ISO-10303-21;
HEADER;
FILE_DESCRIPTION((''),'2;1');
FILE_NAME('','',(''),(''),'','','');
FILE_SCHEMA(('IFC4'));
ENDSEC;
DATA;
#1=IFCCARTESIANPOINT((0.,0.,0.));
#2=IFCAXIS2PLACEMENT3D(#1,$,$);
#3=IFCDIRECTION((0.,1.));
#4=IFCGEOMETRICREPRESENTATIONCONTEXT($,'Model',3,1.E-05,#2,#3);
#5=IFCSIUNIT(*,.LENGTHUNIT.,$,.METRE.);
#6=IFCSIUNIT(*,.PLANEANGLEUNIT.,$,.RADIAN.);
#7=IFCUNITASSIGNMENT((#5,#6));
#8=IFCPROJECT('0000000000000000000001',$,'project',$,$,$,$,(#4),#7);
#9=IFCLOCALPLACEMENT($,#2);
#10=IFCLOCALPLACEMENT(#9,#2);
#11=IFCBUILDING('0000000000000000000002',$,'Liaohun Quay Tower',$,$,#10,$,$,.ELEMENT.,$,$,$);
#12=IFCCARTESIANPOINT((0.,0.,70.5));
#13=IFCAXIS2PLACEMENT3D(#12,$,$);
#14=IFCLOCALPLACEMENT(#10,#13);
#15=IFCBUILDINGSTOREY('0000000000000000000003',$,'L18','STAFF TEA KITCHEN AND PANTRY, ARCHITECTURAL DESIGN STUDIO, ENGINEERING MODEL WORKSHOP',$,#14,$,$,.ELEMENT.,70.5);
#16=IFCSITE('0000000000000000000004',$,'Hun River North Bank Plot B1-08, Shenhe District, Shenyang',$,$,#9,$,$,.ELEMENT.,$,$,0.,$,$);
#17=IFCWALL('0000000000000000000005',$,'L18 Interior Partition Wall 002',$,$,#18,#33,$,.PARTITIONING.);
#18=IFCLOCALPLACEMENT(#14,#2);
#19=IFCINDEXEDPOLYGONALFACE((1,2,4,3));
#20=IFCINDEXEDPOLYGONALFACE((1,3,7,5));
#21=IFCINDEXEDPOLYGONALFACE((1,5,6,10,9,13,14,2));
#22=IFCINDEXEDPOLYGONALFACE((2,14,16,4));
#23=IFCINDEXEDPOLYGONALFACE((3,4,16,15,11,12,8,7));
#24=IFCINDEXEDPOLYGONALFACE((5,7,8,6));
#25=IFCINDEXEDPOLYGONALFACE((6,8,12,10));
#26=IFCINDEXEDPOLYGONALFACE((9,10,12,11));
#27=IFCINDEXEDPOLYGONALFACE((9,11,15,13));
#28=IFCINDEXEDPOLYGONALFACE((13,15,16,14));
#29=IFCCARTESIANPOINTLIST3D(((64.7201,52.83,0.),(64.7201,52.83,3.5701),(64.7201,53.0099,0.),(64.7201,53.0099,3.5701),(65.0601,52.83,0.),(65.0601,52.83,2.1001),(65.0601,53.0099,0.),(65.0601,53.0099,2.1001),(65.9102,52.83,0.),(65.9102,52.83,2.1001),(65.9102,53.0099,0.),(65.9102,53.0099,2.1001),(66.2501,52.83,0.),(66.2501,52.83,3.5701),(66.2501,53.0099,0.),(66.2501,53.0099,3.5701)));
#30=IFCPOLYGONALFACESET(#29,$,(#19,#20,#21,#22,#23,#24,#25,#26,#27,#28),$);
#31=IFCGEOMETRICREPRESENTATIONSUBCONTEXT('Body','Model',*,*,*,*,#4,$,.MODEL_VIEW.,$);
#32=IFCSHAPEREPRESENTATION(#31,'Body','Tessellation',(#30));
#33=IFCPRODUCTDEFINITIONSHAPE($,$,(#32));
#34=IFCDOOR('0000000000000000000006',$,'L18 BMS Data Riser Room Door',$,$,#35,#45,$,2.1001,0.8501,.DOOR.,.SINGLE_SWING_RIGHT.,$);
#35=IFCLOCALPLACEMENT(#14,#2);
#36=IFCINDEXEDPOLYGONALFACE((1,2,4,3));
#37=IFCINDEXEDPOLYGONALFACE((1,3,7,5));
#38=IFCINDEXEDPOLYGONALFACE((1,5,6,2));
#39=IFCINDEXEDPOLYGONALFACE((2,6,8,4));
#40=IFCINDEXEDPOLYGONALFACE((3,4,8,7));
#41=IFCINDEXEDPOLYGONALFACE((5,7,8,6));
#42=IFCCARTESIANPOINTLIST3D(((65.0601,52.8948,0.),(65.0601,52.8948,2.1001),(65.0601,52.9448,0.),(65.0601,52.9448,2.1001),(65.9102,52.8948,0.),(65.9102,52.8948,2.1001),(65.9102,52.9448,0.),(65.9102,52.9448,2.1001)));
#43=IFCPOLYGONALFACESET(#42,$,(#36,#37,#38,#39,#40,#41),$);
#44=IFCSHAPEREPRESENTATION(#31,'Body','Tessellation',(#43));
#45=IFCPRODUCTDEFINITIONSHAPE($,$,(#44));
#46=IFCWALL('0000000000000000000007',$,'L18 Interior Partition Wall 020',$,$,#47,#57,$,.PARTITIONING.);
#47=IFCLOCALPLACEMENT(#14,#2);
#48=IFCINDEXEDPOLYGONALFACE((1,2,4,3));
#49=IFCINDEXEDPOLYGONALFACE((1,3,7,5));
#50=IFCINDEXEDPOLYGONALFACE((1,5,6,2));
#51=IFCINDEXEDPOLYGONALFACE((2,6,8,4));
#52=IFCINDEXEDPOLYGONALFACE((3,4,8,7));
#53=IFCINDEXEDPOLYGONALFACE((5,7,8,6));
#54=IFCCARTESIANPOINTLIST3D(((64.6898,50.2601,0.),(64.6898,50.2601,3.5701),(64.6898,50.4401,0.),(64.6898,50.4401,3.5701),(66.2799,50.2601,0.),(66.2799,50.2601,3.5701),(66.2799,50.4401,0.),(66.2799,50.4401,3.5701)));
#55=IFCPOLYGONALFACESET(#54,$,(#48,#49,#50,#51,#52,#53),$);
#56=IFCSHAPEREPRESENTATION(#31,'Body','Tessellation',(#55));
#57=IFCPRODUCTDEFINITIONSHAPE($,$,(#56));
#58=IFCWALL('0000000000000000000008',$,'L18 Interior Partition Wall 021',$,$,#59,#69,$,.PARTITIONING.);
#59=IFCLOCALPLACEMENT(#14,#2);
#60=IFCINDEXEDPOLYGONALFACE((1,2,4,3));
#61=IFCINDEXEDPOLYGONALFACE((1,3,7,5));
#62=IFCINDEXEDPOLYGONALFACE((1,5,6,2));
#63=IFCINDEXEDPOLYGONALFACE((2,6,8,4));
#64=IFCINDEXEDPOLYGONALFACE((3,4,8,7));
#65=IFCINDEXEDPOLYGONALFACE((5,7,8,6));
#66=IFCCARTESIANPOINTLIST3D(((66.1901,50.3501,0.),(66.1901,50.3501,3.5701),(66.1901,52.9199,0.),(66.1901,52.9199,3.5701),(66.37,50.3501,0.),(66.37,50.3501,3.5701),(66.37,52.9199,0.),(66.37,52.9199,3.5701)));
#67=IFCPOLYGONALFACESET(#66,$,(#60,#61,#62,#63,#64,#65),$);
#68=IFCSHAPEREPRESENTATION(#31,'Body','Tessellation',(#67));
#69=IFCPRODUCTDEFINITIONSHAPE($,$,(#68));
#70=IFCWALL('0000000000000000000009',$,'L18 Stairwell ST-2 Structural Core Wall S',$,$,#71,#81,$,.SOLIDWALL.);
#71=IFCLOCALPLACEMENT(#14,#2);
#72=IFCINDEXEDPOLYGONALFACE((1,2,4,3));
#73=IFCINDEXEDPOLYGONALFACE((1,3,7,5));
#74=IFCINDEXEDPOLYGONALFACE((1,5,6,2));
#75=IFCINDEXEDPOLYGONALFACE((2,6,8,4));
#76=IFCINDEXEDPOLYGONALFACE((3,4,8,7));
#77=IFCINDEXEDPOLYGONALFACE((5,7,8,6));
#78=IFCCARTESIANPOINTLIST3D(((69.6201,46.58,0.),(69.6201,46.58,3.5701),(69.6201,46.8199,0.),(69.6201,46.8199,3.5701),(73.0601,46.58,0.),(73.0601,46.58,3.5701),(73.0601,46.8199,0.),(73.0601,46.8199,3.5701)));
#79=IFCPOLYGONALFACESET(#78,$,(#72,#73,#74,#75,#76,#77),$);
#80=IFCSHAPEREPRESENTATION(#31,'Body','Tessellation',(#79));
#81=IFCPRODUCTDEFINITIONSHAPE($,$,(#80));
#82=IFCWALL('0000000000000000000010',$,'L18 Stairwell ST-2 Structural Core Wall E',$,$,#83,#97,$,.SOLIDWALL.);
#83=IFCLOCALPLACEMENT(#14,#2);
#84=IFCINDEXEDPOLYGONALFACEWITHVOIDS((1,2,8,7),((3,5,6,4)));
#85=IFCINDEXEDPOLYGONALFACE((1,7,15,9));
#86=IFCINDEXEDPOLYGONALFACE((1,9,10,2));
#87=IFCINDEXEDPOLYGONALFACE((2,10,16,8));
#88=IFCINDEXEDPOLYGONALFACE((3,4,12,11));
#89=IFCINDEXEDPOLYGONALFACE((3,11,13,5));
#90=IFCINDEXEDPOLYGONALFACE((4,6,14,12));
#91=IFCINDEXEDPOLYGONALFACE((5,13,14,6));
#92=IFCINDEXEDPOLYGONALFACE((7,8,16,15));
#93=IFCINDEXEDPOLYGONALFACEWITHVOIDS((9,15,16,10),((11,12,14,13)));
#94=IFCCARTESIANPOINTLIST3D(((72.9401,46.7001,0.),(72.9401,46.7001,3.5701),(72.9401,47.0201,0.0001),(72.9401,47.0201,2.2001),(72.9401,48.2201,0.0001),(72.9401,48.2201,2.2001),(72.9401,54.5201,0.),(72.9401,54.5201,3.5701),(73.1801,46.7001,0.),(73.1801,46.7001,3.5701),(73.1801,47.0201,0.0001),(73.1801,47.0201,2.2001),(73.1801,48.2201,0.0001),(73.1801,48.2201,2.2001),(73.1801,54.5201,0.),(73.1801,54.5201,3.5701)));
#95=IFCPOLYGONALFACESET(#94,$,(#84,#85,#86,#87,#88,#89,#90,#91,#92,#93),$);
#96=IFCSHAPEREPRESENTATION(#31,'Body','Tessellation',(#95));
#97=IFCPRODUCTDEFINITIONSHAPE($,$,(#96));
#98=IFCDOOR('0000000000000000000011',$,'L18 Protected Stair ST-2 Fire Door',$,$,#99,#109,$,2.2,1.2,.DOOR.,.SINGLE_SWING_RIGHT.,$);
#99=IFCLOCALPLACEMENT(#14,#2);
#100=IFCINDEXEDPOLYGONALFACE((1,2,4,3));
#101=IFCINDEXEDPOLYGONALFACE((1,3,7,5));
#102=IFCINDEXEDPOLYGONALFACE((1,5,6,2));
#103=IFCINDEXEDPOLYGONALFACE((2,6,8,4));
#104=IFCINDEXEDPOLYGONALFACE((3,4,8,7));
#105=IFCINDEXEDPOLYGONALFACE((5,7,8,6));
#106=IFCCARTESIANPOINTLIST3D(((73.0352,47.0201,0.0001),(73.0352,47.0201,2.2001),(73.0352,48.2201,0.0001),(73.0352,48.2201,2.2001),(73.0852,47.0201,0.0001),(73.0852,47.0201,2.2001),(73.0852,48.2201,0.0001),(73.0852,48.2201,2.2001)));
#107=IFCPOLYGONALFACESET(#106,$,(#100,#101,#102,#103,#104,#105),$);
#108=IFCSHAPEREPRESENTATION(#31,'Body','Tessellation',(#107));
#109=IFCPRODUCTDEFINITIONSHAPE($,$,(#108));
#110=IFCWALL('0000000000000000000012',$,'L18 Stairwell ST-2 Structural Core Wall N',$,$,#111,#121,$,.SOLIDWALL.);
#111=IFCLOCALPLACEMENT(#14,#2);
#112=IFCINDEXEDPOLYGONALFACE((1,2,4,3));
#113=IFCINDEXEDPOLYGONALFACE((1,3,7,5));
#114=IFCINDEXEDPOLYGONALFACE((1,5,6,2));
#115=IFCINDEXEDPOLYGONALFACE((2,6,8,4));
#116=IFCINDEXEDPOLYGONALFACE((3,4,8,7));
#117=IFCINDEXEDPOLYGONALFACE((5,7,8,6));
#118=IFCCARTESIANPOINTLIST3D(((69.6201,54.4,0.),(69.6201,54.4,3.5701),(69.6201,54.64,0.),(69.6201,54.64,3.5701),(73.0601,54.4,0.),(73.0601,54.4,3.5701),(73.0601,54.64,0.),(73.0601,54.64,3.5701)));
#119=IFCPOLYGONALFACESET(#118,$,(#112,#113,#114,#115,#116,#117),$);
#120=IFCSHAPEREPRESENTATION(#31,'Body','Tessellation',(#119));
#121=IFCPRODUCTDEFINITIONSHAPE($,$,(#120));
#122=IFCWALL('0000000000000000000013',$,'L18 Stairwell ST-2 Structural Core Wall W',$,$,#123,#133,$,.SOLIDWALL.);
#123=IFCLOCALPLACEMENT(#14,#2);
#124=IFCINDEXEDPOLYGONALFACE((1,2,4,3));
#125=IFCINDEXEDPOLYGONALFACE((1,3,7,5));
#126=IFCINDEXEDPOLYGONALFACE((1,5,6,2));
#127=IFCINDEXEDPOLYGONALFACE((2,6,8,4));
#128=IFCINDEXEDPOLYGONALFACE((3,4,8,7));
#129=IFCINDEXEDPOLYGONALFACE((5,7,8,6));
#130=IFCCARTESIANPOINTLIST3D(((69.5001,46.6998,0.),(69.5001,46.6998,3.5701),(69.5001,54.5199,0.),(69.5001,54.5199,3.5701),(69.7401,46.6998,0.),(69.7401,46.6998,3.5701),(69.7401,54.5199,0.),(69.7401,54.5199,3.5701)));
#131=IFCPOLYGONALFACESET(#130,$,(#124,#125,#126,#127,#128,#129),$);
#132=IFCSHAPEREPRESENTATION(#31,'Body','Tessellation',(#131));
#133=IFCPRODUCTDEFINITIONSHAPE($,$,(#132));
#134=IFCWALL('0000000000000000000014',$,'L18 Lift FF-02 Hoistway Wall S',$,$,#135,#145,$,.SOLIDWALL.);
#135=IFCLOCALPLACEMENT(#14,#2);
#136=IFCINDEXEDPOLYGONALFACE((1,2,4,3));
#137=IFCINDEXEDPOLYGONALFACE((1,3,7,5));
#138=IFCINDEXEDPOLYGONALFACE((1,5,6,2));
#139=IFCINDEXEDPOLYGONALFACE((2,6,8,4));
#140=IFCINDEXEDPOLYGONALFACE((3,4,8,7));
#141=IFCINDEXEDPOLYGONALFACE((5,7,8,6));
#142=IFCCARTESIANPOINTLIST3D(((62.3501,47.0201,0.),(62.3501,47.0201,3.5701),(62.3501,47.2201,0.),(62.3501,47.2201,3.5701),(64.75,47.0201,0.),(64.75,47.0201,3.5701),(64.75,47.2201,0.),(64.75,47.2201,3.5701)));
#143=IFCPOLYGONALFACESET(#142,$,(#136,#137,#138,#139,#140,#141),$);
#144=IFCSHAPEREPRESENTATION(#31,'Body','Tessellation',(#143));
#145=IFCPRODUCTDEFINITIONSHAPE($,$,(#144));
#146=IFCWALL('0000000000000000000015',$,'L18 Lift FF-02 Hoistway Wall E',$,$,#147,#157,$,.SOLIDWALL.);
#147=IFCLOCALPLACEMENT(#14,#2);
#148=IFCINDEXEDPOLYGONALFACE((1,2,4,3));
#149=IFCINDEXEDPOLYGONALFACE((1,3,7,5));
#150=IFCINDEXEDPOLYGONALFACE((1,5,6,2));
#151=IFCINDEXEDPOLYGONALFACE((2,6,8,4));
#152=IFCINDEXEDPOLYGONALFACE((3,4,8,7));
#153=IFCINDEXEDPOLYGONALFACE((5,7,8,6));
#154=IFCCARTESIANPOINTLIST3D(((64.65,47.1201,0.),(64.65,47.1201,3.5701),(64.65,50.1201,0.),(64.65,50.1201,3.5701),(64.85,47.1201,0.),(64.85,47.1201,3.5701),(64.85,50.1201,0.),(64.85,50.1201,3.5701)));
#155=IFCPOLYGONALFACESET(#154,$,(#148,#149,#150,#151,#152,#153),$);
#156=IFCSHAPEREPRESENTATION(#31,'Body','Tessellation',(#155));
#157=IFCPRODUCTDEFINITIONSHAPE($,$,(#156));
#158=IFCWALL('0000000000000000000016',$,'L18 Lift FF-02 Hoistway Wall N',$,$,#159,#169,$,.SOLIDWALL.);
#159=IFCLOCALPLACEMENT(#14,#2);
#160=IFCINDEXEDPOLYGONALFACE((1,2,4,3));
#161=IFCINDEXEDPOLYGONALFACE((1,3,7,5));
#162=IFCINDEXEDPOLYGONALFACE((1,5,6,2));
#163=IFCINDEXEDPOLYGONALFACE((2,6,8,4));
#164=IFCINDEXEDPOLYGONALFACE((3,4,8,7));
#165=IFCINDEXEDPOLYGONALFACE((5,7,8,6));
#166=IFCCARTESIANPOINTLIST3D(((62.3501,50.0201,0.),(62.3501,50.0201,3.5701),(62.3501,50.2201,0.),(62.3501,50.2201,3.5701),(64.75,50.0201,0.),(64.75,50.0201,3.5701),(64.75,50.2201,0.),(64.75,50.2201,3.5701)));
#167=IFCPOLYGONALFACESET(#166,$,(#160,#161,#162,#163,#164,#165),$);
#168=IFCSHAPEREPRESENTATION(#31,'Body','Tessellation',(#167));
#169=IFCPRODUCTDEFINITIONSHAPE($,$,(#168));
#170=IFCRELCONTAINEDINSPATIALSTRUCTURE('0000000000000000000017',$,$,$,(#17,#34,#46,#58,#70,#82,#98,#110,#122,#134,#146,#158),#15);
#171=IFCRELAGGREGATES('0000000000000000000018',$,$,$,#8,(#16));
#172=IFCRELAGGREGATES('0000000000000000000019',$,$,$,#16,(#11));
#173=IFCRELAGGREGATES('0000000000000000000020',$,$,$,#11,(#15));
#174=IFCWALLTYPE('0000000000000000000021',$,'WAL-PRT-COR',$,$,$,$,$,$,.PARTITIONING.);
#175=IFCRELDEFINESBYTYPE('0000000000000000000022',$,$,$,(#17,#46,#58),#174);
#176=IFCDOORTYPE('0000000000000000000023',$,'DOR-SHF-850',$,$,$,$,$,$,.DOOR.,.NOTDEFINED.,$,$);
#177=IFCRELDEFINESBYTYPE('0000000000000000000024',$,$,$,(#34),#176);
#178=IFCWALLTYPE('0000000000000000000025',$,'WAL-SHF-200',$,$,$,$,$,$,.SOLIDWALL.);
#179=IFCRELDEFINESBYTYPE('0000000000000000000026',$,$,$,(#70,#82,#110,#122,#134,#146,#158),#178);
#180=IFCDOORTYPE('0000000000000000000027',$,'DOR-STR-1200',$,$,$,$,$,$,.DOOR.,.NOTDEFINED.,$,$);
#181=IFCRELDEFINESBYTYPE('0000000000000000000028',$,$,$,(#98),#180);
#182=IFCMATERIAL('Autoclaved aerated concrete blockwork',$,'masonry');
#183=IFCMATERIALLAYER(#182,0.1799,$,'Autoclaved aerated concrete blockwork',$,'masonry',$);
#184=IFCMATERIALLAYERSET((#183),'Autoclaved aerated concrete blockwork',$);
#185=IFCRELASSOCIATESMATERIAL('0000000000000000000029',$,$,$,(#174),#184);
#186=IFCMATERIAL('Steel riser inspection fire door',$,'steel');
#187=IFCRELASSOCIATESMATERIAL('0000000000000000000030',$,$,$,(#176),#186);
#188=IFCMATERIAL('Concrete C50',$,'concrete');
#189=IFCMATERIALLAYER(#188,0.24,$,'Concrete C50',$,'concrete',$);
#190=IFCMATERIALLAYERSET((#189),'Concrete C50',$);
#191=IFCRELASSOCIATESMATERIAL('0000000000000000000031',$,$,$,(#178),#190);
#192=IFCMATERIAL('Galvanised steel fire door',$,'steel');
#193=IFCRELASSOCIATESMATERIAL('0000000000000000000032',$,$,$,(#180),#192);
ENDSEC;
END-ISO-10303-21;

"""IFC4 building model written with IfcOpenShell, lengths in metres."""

from ifc_helpers import new_model, si_unit, direction, frame, frame_2d, origin, place, context, subcontext, project, spatial, rectangle, extrude, source, transform, mapped, material, layer, layer_set, type_object, element, fill, save


model = new_model("IFC4")

# Units and contexts
model_context = context("Model", 3, precision=1e-05, world=origin(), true_north=direction((0.0, 1.0)))
body_context = subcontext(model_context, "Body", "Model", "MODEL_VIEW")
ifc_project = project(units=[si_unit("LENGTHUNIT", "METRE"), si_unit("PLANEANGLEUNIT", "RADIAN")], contexts=[model_context])

# Site, building, storey
site_placement = place(None, origin())
site = spatial("IfcSite", under=ifc_project, at=site_placement, Name="Hun River North Bank Plot B1-08, Shenhe District, Shenyang", CompositionType="ELEMENT", RefElevation=0.0)
building_placement = place(site_placement, origin())
building = spatial("IfcBuilding", under=site, at=building_placement, Name="Liaohun Quay Tower", CompositionType="ELEMENT")
storey_placement = place(building_placement, frame((0.0, 0.0, 70.5)))
storey = spatial("IfcBuildingStorey", under=building, at=storey_placement, Name="L18", Description="STAFF TEA KITCHEN AND PANTRY, ARCHITECTURAL DESIGN STUDIO, ENGINEERING MODEL WORKSHOP", CompositionType="ELEMENT", Elevation=70.5)

# Wall, opening, door
ifc_material_1 = material(Name="Autoclaved aerated concrete blockwork", Category="masonry")
ifc_layer_1 = layer(ifc_material_1, 0.1799, Name="Autoclaved aerated concrete blockwork", Category="masonry")
ifc_layer_set_1 = layer_set([ifc_layer_1], Name="Autoclaved aerated concrete blockwork")
wall_type_1 = type_object("IfcWallType", Name="WAL-PRT-COR", PredefinedType="PARTITIONING", material=ifc_layer_set_1)
wall_1_placement = place(storey_placement, frame((64.72, 52.9199, 0.0), z_axis=(0.0, 0.0, 1.0), x_axis=(1.0, 0.0, 0.0)))
wall_1 = element("IfcWall", 1, at=wall_1_placement, inside=storey, type_object=wall_type_1, Name="L18 Interior Partition Wall 002", PredefinedType="PARTITIONING", context=body_context, shape_type="SweptSolid", body=[
    extrude(rectangle(XDim=1.53, YDim=0.1799, at=frame_2d((0.7651, 0.0))), origin(), (0.0, 0.0, 1.0), 3.5701),
])
shared_shape_1 = source(origin(), body_context, "Body", "SweptSolid", [
    extrude(rectangle(XDim=0.8501, YDim=2.1001, at=frame_2d((0.425, 1.05))), frame((0.0, 0.0999, 0.0), z_axis=(0.0, -1.0, 0.0), x_axis=(1.0, 0.0, 0.0)), (0.0, 0.0, 1.0), 0.2),
])
opening_1_placement = place(wall_1_placement, frame((0.3401, 0.0, 0.0)))
opening_1 = element("IfcOpeningElement", 2, at=opening_1_placement, cuts=wall_1, PredefinedType="OPENING", context=body_context, shape_type="MappedRepresentation", body=[
    mapped(shared_shape_1, transform((0.0, 0.0, 0.0), x_axis=(1.0, 0.0, 0.0), y_axis=(0.0, 1.0, 0.0), z_axis=(0.0, 0.0, 1.0), scale=1.0)),
])
ifc_material_2 = material(Name="Steel riser inspection fire door", Category="steel")
door_type_1 = type_object("IfcDoorType", Name="DOR-SHF-850", OperationType="NOTDEFINED", PredefinedType="DOOR", material=ifc_material_2)
shared_shape_2 = source(origin(), body_context, "Body", "SweptSolid", [
    extrude(rectangle(XDim=0.8501, YDim=2.1001, at=frame_2d((0.425, 1.05))), frame((0.0, 0.0249, 0.0), z_axis=(0.0, -1.0, 0.0), x_axis=(1.0, 0.0, 0.0)), (0.0, 0.0, 1.0), 0.05),
])
door_1_placement = place(opening_1_placement, origin())
door_1 = element("IfcDoor", 3, at=door_1_placement, inside=storey, type_object=door_type_1, Name="L18 BMS Data Riser Room Door", OperationType="SINGLE_SWING_RIGHT", OverallHeight=2.1001, OverallWidth=0.8501, PredefinedType="DOOR", context=body_context, shape_type="MappedRepresentation", body=[
    mapped(shared_shape_2, transform((0.0, 0.0, 0.0), x_axis=(1.0, 0.0, 0.0), y_axis=(0.0, 1.0, 0.0), z_axis=(0.0, 0.0, 1.0), scale=1.0)),
])
fill(opening_1, door_1)

# Walls
wall_2_placement = place(storey_placement, frame((64.6899, 50.3501, 0.0), z_axis=(0.0, 0.0, 1.0), x_axis=(1.0, 0.0, 0.0)))
element("IfcWall", 4, at=wall_2_placement, inside=storey, type_object=wall_type_1, Name="L18 Interior Partition Wall 020", PredefinedType="PARTITIONING", context=body_context, shape_type="SweptSolid", body=[
    extrude(rectangle(XDim=1.5901, YDim=0.1799, at=frame_2d((0.7949, 0.0))), origin(), (0.0, 0.0, 1.0), 3.5701),
])
wall_3_placement = place(storey_placement, frame((66.28, 50.3501, 0.0), z_axis=(0.0, 0.0, 1.0), x_axis=(0.0, 1.0, 0.0)))
element("IfcWall", 5, at=wall_3_placement, inside=storey, type_object=wall_type_1, Name="L18 Interior Partition Wall 021", PredefinedType="PARTITIONING", context=body_context, shape_type="SweptSolid", body=[
    extrude(rectangle(XDim=2.5698, YDim=0.1799, at=frame_2d((1.2849, 0.0))), origin(), (0.0, 0.0, 1.0), 3.5701),
])
ifc_material_3 = material(Name="Concrete C50", Category="concrete")
ifc_layer_2 = layer(ifc_material_3, 0.24, Name="Concrete C50", Category="concrete")
ifc_layer_set_2 = layer_set([ifc_layer_2], Name="Concrete C50")
wall_type_2 = type_object("IfcWallType", Name="WAL-SHF-200", PredefinedType="SOLIDWALL", material=ifc_layer_set_2)
wall_4_placement = place(storey_placement, frame((69.6201, 46.7, 0.0), z_axis=(0.0, 0.0, 1.0), x_axis=(1.0, 0.0, 0.0)))
element("IfcWall", 6, at=wall_4_placement, inside=storey, type_object=wall_type_2, Name="L18 Stairwell ST-2 Structural Core Wall S", PredefinedType="SOLIDWALL", context=body_context, shape_type="SweptSolid", body=[
    extrude(rectangle(XDim=3.4399, YDim=0.24, at=frame_2d((1.72, 0.0))), origin(), (0.0, 0.0, 1.0), 3.5701),
])

# Wall, opening, door
wall_5_placement = place(storey_placement, frame((73.0601, 46.7, 0.0), z_axis=(0.0, 0.0, 1.0), x_axis=(0.0, 1.0, 0.0)))
wall_5 = element("IfcWall", 7, at=wall_5_placement, inside=storey, type_object=wall_type_2, Name="L18 Stairwell ST-2 Structural Core Wall E", PredefinedType="SOLIDWALL", context=body_context, shape_type="SweptSolid", body=[
    extrude(rectangle(XDim=7.8201, YDim=0.24, at=frame_2d((3.9102, 0.0))), origin(), (0.0, 0.0, 1.0), 3.5701),
])
shared_shape_3 = source(origin(), body_context, "Body", "SweptSolid", [
    extrude(rectangle(XDim=1.2, YDim=2.2, at=frame_2d((0.6001, 1.1001))), frame((0.0, 0.1299, 0.0), z_axis=(0.0, -1.0, 0.0), x_axis=(1.0, 0.0, 0.0)), (0.0, 0.0, 1.0), 0.26),
])
opening_2_placement = place(wall_5_placement, frame((0.3201, 0.0, 0.0)))
opening_2 = element("IfcOpeningElement", 8, at=opening_2_placement, cuts=wall_5, PredefinedType="OPENING", context=body_context, shape_type="MappedRepresentation", body=[
    mapped(shared_shape_3, transform((0.0, 0.0, 0.0), x_axis=(1.0, 0.0, 0.0), y_axis=(0.0, 1.0, 0.0), z_axis=(0.0, 0.0, 1.0), scale=1.0)),
])
ifc_material_4 = material(Name="Galvanised steel fire door", Category="steel")
door_type_2 = type_object("IfcDoorType", Name="DOR-STR-1200", OperationType="NOTDEFINED", PredefinedType="DOOR", material=ifc_material_4)
shared_shape_4 = source(origin(), body_context, "Body", "SweptSolid", [
    extrude(rectangle(XDim=1.2, YDim=2.2, at=frame_2d((0.6001, 1.1001))), frame((0.0, 0.0249, 0.0), z_axis=(0.0, -1.0, 0.0), x_axis=(1.0, 0.0, 0.0)), (0.0, 0.0, 1.0), 0.05),
])
door_2_placement = place(opening_2_placement, origin())
door_2 = element("IfcDoor", 9, at=door_2_placement, inside=storey, type_object=door_type_2, Name="L18 Protected Stair ST-2 Fire Door", OperationType="SINGLE_SWING_RIGHT", OverallHeight=2.2, OverallWidth=1.2, PredefinedType="DOOR", context=body_context, shape_type="MappedRepresentation", body=[
    mapped(shared_shape_4, transform((0.0, 0.0, 0.0), x_axis=(1.0, 0.0, 0.0), y_axis=(0.0, 1.0, 0.0), z_axis=(0.0, 0.0, 1.0), scale=1.0)),
])
fill(opening_2, door_2)

# Walls
wall_6_placement = place(storey_placement, frame((73.0601, 54.52, 0.0), z_axis=(0.0, 0.0, 1.0), x_axis=(-1.0, 0.0, 0.0)))
element("IfcWall", 10, at=wall_6_placement, inside=storey, type_object=wall_type_2, Name="L18 Stairwell ST-2 Structural Core Wall N", PredefinedType="SOLIDWALL", context=body_context, shape_type="SweptSolid", body=[
    extrude(rectangle(XDim=3.4399, YDim=0.24, at=frame_2d((1.72, 0.0))), origin(), (0.0, 0.0, 1.0), 3.5701),
])
wall_7_placement = place(storey_placement, frame((69.6201, 54.52, 0.0), z_axis=(0.0, 0.0, 1.0), x_axis=(0.0, -1.0, 0.0)))
element("IfcWall", 11, at=wall_7_placement, inside=storey, type_object=wall_type_2, Name="L18 Stairwell ST-2 Structural Core Wall W", PredefinedType="SOLIDWALL", context=body_context, shape_type="SweptSolid", body=[
    extrude(rectangle(XDim=7.8201, YDim=0.24, at=frame_2d((3.9102, 0.0))), origin(), (0.0, 0.0, 1.0), 3.5701),
])
wall_8_placement = place(storey_placement, frame((62.3501, 47.1201, 0.0), z_axis=(0.0, 0.0, 1.0), x_axis=(1.0, 0.0, 0.0)))
element("IfcWall", 12, at=wall_8_placement, inside=storey, type_object=wall_type_2, Name="L18 Lift FF-02 Hoistway Wall S", PredefinedType="SOLIDWALL", context=body_context, shape_type="SweptSolid", body=[
    extrude(rectangle(XDim=2.3999, YDim=0.2, at=frame_2d((1.2, 0.0))), origin(), (0.0, 0.0, 1.0), 3.5701),
])
wall_9_placement = place(storey_placement, frame((64.75, 47.1201, 0.0), z_axis=(0.0, 0.0, 1.0), x_axis=(0.0, 1.0, 0.0)))
element("IfcWall", 13, at=wall_9_placement, inside=storey, type_object=wall_type_2, Name="L18 Lift FF-02 Hoistway Wall E", PredefinedType="SOLIDWALL", context=body_context, shape_type="SweptSolid", body=[
    extrude(rectangle(XDim=3.0, YDim=0.2, at=frame_2d((1.5, 0.0))), origin(), (0.0, 0.0, 1.0), 3.5701),
])
wall_10_placement = place(storey_placement, frame((64.75, 50.1201, 0.0), z_axis=(0.0, 0.0, 1.0), x_axis=(-1.0, 0.0, 0.0)))
element("IfcWall", 14, at=wall_10_placement, inside=storey, type_object=wall_type_2, Name="L18 Lift FF-02 Hoistway Wall N", PredefinedType="SOLIDWALL", context=body_context, shape_type="SweptSolid", body=[
    extrude(rectangle(XDim=2.3999, YDim=0.2, at=frame_2d((1.2, 0.0))), origin(), (0.0, 0.0, 1.0), 3.5701),
])

save(model, "model.ifc")
